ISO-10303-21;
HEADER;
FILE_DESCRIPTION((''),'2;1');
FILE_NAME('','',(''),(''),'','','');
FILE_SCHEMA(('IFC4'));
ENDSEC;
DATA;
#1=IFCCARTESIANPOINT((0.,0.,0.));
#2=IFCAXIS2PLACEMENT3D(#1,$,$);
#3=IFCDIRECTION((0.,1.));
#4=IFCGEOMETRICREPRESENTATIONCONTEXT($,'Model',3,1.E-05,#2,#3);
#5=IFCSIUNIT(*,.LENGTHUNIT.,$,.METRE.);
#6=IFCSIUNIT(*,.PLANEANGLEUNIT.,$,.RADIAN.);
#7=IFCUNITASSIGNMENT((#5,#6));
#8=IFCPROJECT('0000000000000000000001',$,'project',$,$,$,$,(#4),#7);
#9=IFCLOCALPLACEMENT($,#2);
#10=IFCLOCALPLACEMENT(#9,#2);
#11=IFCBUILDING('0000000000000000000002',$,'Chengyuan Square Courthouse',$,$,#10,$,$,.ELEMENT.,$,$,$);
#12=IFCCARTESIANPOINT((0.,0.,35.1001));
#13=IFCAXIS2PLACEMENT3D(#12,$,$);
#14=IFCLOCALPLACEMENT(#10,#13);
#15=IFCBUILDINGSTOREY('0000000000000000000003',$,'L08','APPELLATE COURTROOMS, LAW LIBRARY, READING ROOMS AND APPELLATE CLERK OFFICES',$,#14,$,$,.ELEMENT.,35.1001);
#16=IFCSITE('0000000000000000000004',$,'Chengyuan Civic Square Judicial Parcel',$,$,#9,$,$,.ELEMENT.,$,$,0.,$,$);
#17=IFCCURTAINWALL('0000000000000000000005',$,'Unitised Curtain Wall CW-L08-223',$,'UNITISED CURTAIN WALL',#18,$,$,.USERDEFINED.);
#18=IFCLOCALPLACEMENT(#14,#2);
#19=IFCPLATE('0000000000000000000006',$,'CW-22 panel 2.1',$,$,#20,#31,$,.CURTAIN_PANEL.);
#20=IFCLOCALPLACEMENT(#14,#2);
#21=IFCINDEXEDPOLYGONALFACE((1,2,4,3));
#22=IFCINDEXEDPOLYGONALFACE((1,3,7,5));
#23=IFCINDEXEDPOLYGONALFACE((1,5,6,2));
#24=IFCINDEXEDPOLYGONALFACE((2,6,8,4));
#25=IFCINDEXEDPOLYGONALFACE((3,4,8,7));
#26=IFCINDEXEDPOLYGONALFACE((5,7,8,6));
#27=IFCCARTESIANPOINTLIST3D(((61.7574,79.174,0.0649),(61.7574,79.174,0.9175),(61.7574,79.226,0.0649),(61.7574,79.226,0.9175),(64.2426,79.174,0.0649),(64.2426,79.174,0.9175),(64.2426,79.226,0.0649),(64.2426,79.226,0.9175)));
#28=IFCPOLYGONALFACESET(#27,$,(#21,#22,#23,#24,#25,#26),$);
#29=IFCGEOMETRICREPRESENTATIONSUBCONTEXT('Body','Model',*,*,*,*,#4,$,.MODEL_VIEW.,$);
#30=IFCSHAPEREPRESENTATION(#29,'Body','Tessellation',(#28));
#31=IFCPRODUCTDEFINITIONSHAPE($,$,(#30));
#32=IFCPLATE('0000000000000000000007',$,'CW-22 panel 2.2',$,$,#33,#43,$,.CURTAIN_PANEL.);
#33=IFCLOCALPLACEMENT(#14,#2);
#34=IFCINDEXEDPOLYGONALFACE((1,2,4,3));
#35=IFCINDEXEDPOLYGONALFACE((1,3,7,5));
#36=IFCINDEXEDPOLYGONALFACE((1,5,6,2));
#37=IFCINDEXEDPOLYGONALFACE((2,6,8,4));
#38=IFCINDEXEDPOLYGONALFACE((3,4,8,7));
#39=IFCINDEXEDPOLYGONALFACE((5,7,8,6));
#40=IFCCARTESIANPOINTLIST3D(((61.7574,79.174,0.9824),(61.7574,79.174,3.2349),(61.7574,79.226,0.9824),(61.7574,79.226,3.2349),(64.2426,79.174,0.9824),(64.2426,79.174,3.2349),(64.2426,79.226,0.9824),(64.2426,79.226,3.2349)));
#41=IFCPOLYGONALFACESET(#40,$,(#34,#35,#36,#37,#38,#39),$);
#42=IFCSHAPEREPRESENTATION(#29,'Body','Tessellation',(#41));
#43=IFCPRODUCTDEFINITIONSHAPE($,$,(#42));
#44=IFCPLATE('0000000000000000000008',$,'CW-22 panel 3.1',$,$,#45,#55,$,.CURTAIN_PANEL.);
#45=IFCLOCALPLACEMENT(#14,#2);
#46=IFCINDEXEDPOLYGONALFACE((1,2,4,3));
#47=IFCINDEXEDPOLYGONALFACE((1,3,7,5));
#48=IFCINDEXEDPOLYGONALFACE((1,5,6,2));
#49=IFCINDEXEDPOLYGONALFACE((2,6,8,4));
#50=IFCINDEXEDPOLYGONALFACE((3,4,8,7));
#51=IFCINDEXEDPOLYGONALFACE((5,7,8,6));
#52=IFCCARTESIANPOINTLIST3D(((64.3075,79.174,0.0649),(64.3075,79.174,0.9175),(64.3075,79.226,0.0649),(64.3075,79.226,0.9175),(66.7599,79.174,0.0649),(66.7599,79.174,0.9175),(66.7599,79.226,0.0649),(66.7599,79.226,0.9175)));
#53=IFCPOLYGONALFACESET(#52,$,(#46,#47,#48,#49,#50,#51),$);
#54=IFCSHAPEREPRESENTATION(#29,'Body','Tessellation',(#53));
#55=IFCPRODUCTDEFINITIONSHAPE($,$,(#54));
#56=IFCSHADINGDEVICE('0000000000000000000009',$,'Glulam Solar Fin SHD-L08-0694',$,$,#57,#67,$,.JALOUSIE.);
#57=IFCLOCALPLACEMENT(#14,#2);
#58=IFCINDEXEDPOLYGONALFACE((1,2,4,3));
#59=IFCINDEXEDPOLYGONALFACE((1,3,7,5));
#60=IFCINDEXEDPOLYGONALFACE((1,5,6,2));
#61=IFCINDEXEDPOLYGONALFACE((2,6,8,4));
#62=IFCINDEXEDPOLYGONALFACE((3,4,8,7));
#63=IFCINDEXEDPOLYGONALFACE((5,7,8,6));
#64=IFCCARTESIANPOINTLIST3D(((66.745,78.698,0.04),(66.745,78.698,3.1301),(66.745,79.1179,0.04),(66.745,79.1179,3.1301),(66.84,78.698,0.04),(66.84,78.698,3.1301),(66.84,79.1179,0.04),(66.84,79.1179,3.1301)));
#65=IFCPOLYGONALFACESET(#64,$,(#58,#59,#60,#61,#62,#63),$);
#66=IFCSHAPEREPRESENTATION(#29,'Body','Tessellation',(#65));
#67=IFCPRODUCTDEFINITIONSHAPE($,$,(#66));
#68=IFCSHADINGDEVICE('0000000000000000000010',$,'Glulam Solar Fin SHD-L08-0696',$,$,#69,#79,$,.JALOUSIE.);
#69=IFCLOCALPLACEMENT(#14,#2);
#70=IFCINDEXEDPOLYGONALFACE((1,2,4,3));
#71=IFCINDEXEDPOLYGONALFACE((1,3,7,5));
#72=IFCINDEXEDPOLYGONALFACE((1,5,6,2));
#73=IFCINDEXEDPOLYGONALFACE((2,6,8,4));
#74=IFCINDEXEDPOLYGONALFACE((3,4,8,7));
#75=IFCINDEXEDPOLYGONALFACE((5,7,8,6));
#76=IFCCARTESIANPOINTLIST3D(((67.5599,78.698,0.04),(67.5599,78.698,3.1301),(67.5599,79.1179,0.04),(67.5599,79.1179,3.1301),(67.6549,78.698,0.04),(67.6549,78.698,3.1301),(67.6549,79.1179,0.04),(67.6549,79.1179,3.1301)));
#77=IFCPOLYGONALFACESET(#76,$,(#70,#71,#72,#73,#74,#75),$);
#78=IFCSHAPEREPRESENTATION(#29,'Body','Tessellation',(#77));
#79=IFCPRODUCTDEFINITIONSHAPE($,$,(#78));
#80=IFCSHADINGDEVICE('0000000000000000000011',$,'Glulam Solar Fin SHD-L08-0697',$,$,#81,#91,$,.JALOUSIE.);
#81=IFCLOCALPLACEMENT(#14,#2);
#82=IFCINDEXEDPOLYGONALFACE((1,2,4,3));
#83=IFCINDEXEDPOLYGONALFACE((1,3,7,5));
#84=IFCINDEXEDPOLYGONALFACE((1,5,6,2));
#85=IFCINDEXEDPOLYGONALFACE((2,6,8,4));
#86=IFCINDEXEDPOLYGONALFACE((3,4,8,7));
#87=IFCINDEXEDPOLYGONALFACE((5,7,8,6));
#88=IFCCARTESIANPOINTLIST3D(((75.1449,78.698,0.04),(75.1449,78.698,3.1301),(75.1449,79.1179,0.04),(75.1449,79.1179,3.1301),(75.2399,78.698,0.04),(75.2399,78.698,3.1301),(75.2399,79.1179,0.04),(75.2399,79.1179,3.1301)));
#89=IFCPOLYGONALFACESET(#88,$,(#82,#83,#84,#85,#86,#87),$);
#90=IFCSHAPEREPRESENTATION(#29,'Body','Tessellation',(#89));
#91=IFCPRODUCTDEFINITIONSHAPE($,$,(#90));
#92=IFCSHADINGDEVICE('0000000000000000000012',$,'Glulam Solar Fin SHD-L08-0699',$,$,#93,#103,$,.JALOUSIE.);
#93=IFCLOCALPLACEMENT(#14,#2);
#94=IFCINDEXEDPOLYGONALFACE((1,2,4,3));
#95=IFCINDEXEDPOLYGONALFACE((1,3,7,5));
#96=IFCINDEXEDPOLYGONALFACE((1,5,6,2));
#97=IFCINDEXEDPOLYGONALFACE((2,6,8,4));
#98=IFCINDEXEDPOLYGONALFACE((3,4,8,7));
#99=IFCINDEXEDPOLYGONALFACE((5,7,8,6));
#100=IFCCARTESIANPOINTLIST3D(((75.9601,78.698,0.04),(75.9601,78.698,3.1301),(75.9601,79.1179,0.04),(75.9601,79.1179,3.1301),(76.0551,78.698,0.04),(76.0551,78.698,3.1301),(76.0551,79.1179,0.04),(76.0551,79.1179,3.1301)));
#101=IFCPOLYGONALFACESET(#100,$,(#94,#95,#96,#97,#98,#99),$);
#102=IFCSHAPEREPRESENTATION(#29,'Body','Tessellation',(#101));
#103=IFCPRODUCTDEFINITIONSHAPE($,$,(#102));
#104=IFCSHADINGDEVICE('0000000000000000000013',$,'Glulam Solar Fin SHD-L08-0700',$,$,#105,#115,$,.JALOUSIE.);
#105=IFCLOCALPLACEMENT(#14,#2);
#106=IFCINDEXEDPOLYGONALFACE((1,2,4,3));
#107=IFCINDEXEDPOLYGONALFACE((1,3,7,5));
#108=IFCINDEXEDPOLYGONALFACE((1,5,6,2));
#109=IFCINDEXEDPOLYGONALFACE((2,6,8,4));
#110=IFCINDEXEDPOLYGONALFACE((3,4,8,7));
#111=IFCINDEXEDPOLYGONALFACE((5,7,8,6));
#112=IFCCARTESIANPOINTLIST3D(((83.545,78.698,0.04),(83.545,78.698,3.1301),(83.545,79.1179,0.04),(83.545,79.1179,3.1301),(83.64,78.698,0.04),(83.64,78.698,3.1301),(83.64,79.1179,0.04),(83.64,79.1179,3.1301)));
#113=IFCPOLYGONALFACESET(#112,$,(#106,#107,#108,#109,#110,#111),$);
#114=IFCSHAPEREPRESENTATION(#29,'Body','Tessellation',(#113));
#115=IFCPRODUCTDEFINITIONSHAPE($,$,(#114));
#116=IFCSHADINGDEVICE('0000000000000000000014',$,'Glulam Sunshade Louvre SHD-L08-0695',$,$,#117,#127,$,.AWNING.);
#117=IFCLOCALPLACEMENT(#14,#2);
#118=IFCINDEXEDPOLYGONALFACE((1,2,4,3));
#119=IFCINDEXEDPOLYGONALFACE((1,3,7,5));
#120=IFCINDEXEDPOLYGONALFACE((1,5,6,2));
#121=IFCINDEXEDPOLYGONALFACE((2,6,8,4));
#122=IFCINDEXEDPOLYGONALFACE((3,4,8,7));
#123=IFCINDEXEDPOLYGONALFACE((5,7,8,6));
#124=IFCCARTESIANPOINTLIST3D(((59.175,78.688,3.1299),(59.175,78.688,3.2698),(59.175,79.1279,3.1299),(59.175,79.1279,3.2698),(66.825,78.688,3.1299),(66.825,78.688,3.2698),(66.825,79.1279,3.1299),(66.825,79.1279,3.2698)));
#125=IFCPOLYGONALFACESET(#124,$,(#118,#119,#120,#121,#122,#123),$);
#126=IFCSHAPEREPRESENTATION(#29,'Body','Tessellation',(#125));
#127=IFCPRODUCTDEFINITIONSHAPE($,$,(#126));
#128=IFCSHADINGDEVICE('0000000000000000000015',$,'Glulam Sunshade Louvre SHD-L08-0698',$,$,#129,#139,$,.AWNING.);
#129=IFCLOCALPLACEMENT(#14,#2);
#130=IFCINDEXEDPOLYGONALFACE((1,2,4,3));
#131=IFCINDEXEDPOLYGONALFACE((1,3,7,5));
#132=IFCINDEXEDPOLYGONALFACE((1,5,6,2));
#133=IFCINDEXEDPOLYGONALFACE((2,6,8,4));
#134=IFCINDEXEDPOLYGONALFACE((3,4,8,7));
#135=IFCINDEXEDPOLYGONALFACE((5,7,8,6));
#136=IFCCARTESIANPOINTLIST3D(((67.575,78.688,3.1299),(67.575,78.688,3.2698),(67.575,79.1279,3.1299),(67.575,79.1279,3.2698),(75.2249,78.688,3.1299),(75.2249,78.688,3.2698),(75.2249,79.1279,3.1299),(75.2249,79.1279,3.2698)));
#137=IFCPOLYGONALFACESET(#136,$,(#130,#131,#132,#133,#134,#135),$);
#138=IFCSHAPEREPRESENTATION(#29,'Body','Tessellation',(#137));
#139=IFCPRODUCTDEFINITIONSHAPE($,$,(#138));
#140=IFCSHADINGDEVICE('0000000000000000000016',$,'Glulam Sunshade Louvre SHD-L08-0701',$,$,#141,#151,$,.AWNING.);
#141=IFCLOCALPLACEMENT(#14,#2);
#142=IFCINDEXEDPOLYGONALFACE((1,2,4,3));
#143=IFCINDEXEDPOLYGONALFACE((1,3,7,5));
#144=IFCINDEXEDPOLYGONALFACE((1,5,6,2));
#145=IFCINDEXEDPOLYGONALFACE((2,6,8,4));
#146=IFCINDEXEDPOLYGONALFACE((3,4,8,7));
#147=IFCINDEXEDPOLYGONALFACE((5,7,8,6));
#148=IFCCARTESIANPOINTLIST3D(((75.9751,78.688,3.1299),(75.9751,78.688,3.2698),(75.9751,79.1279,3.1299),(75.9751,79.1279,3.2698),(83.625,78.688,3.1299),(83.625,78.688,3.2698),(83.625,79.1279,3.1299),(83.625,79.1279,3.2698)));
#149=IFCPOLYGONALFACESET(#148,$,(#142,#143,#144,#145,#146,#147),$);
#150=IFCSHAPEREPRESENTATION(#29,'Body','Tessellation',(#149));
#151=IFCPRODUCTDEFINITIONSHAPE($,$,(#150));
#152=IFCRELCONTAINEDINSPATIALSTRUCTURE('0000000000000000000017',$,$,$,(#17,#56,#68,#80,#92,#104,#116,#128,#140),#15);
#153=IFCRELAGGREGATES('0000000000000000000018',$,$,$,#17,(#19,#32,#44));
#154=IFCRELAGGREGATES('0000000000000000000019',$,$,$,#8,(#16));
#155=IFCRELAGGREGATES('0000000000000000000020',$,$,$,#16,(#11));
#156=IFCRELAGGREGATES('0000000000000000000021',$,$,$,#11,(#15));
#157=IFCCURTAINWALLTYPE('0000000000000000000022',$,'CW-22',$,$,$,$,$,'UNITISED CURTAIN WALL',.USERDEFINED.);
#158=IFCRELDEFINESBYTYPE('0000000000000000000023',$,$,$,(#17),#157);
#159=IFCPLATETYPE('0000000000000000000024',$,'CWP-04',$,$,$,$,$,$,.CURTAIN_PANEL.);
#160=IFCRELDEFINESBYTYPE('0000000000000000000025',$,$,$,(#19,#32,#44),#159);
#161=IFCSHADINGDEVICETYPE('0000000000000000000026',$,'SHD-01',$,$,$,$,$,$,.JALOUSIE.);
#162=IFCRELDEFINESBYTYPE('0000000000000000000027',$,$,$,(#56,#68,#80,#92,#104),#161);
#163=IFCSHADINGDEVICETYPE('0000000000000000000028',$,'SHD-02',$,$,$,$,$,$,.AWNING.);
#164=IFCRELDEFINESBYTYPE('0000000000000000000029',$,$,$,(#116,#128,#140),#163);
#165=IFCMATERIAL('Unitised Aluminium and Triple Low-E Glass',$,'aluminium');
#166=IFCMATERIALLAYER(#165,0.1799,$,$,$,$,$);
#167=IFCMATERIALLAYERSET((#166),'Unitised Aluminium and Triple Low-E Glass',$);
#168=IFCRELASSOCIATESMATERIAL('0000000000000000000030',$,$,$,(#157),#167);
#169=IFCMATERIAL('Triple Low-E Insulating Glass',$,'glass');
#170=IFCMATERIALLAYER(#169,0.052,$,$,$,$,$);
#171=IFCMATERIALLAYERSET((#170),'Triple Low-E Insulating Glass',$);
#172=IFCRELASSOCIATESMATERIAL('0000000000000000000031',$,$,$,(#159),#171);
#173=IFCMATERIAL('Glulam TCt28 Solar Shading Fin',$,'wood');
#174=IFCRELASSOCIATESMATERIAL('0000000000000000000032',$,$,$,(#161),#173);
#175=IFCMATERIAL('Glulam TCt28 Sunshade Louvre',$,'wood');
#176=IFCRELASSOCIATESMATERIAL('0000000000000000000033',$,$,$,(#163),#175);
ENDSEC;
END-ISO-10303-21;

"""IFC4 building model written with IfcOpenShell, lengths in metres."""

from ifc_helpers import new_model, si_unit, direction, frame, origin, origin_2d, place, context, subcontext, project, spatial, rectangle, extrude, material, layer, layer_set, type_object, element, aggregate, save


model = new_model("IFC4")

# Units and contexts
model_context = context("Model", 3, precision=1e-05, world=origin(), true_north=direction((0.0, 1.0)))
body_context = subcontext(model_context, "Body", "Model", "MODEL_VIEW")
ifc_project = project(units=[si_unit("LENGTHUNIT", "METRE"), si_unit("PLANEANGLEUNIT", "RADIAN")], contexts=[model_context])

# Site, building, storey
site_placement = place(None, origin())
site = spatial("IfcSite", under=ifc_project, at=site_placement, Name="Chengyuan Civic Square Judicial Parcel", CompositionType="ELEMENT", RefElevation=0.0)
building_placement = place(site_placement, origin())
building = spatial("IfcBuilding", under=site, at=building_placement, Name="Chengyuan Square Courthouse", CompositionType="ELEMENT")
storey_placement = place(building_placement, frame((0.0, 0.0, 35.1001)))
storey = spatial("IfcBuildingStorey", under=building, at=storey_placement, Name="L08", Description="APPELLATE COURTROOMS, LAW LIBRARY, READING ROOMS AND APPELLATE CLERK OFFICES", CompositionType="ELEMENT", Elevation=35.1001)

# Curtain wall, plates
ifc_material_1 = material(Name="Unitised Aluminium and Triple Low-E Glass", Category="aluminium")
ifc_layer_1 = layer(ifc_material_1, 0.1799)
ifc_layer_set_1 = layer_set([ifc_layer_1], Name="Unitised Aluminium and Triple Low-E Glass")
curtain_wall_type = type_object("IfcCurtainWallType", Name="CW-22", ElementType="UNITISED CURTAIN WALL", PredefinedType="USERDEFINED", material=ifc_layer_set_1)
curtain_wall_placement = place(storey_placement, origin())
curtain_wall = element("IfcCurtainWall", 1, at=curtain_wall_placement, inside=storey, type_object=curtain_wall_type, Name="Unitised Curtain Wall CW-L08-223", ObjectType="UNITISED CURTAIN WALL", PredefinedType="USERDEFINED")
ifc_material_2 = material(Name="Triple Low-E Insulating Glass", Category="glass")
ifc_layer_2 = layer(ifc_material_2, 0.052)
ifc_layer_set_2 = layer_set([ifc_layer_2], Name="Triple Low-E Insulating Glass")
plate_type = type_object("IfcPlateType", Name="CWP-04", PredefinedType="CURTAIN_PANEL", material=ifc_layer_set_2)
plate_1_placement = place(storey_placement, frame((63.0, 79.2, 0.0649), z_axis=(0.0, 0.0, 1.0), x_axis=(1.0, 0.0, 0.0)))
plate_1 = element("IfcPlate", 2, at=plate_1_placement, type_object=plate_type, Name="CW-22 panel 2.1", PredefinedType="CURTAIN_PANEL", context=body_context, shape_type="SweptSolid", body=[
    extrude(rectangle(XDim=2.4851, YDim=0.052, at=origin_2d()), origin(), (0.0, 0.0, 1.0), 0.8525),
])
plate_2_placement = place(storey_placement, frame((63.0, 79.2, 0.9824), z_axis=(0.0, 0.0, 1.0), x_axis=(1.0, 0.0, 0.0)))
plate_2 = element("IfcPlate", 3, at=plate_2_placement, type_object=plate_type, Name="CW-22 panel 2.2", PredefinedType="CURTAIN_PANEL", context=body_context, shape_type="SweptSolid", body=[
    extrude(rectangle(XDim=2.4851, YDim=0.052, at=origin_2d()), origin(), (0.0, 0.0, 1.0), 2.2524),
])
plate_3_placement = place(storey_placement, frame((65.5337, 79.2, 0.0649), z_axis=(0.0, 0.0, 1.0), x_axis=(1.0, 0.0, 0.0)))
plate_3 = element("IfcPlate", 4, at=plate_3_placement, type_object=plate_type, Name="CW-22 panel 3.1", PredefinedType="CURTAIN_PANEL", context=body_context, shape_type="SweptSolid", body=[
    extrude(rectangle(XDim=2.4524, YDim=0.052, at=origin_2d()), origin(), (0.0, 0.0, 1.0), 0.8525),
])
aggregate(curtain_wall, [plate_1, plate_2, plate_3])

# Shading devices
ifc_material_3 = material(Name="Glulam TCt28 Solar Shading Fin", Category="wood")
shading_device_type_1 = type_object("IfcShadingDeviceType", Name="SHD-01", PredefinedType="JALOUSIE", material=ifc_material_3)
for number, where, z_axis, x_axis, name in (
    (5, (66.7925, 78.908, 0.04), (0.0, 0.0, 1.0), (0.0, 1.0, 0.0), "Glulam Solar Fin SHD-L08-0694"),
    (6, (67.6074, 78.908, 0.04), (0.0, 0.0, 1.0), (0.0, 1.0, 0.0), "Glulam Solar Fin SHD-L08-0696"),
    (7, (75.1924, 78.908, 0.04), (0.0, 0.0, 1.0), (0.0, 1.0, 0.0), "Glulam Solar Fin SHD-L08-0697"),
    (8, (76.0076, 78.908, 0.04), (0.0, 0.0, 1.0), (0.0, 1.0, 0.0), "Glulam Solar Fin SHD-L08-0699"),
    (9, (83.5925, 78.908, 0.04), (0.0, 0.0, 1.0), (0.0, 1.0, 0.0), "Glulam Solar Fin SHD-L08-0700"),
):
    element("IfcShadingDevice", number, at=place(storey_placement, frame(where, z_axis=z_axis, x_axis=x_axis)), inside=storey, type_object=shading_device_type_1, Name=name, PredefinedType="JALOUSIE", context=body_context, shape_type="SweptSolid", body=[
        extrude(rectangle(XDim=0.4199, YDim=0.095, at=origin_2d()), origin(), (0.0, 0.0, 1.0), 3.0901),
    ])
ifc_material_4 = material(Name="Glulam TCt28 Sunshade Louvre", Category="wood")
shading_device_type_2 = type_object("IfcShadingDeviceType", Name="SHD-02", PredefinedType="AWNING", material=ifc_material_4)
for number, where, z_axis, x_axis, name in (
    (10, (63.0, 78.908, 3.1299), (0.0, 0.0, 1.0), (1.0, 0.0, 0.0), "Glulam Sunshade Louvre SHD-L08-0695"),
    (11, (71.3999, 78.908, 3.1299), (0.0, 0.0, 1.0), (1.0, 0.0, 0.0), "Glulam Sunshade Louvre SHD-L08-0698"),
    (12, (79.8, 78.908, 3.1299), (0.0, 0.0, 1.0), (1.0, 0.0, 0.0), "Glulam Sunshade Louvre SHD-L08-0701"),
):
    element("IfcShadingDevice", number, at=place(storey_placement, frame(where, z_axis=z_axis, x_axis=x_axis)), inside=storey, type_object=shading_device_type_2, Name=name, PredefinedType="AWNING", context=body_context, shape_type="SweptSolid", body=[
        extrude(rectangle(XDim=7.6499, YDim=0.4399, at=origin_2d()), origin(), (0.0, 0.0, 1.0), 0.1399),
    ])

save(model, "model.ifc")
